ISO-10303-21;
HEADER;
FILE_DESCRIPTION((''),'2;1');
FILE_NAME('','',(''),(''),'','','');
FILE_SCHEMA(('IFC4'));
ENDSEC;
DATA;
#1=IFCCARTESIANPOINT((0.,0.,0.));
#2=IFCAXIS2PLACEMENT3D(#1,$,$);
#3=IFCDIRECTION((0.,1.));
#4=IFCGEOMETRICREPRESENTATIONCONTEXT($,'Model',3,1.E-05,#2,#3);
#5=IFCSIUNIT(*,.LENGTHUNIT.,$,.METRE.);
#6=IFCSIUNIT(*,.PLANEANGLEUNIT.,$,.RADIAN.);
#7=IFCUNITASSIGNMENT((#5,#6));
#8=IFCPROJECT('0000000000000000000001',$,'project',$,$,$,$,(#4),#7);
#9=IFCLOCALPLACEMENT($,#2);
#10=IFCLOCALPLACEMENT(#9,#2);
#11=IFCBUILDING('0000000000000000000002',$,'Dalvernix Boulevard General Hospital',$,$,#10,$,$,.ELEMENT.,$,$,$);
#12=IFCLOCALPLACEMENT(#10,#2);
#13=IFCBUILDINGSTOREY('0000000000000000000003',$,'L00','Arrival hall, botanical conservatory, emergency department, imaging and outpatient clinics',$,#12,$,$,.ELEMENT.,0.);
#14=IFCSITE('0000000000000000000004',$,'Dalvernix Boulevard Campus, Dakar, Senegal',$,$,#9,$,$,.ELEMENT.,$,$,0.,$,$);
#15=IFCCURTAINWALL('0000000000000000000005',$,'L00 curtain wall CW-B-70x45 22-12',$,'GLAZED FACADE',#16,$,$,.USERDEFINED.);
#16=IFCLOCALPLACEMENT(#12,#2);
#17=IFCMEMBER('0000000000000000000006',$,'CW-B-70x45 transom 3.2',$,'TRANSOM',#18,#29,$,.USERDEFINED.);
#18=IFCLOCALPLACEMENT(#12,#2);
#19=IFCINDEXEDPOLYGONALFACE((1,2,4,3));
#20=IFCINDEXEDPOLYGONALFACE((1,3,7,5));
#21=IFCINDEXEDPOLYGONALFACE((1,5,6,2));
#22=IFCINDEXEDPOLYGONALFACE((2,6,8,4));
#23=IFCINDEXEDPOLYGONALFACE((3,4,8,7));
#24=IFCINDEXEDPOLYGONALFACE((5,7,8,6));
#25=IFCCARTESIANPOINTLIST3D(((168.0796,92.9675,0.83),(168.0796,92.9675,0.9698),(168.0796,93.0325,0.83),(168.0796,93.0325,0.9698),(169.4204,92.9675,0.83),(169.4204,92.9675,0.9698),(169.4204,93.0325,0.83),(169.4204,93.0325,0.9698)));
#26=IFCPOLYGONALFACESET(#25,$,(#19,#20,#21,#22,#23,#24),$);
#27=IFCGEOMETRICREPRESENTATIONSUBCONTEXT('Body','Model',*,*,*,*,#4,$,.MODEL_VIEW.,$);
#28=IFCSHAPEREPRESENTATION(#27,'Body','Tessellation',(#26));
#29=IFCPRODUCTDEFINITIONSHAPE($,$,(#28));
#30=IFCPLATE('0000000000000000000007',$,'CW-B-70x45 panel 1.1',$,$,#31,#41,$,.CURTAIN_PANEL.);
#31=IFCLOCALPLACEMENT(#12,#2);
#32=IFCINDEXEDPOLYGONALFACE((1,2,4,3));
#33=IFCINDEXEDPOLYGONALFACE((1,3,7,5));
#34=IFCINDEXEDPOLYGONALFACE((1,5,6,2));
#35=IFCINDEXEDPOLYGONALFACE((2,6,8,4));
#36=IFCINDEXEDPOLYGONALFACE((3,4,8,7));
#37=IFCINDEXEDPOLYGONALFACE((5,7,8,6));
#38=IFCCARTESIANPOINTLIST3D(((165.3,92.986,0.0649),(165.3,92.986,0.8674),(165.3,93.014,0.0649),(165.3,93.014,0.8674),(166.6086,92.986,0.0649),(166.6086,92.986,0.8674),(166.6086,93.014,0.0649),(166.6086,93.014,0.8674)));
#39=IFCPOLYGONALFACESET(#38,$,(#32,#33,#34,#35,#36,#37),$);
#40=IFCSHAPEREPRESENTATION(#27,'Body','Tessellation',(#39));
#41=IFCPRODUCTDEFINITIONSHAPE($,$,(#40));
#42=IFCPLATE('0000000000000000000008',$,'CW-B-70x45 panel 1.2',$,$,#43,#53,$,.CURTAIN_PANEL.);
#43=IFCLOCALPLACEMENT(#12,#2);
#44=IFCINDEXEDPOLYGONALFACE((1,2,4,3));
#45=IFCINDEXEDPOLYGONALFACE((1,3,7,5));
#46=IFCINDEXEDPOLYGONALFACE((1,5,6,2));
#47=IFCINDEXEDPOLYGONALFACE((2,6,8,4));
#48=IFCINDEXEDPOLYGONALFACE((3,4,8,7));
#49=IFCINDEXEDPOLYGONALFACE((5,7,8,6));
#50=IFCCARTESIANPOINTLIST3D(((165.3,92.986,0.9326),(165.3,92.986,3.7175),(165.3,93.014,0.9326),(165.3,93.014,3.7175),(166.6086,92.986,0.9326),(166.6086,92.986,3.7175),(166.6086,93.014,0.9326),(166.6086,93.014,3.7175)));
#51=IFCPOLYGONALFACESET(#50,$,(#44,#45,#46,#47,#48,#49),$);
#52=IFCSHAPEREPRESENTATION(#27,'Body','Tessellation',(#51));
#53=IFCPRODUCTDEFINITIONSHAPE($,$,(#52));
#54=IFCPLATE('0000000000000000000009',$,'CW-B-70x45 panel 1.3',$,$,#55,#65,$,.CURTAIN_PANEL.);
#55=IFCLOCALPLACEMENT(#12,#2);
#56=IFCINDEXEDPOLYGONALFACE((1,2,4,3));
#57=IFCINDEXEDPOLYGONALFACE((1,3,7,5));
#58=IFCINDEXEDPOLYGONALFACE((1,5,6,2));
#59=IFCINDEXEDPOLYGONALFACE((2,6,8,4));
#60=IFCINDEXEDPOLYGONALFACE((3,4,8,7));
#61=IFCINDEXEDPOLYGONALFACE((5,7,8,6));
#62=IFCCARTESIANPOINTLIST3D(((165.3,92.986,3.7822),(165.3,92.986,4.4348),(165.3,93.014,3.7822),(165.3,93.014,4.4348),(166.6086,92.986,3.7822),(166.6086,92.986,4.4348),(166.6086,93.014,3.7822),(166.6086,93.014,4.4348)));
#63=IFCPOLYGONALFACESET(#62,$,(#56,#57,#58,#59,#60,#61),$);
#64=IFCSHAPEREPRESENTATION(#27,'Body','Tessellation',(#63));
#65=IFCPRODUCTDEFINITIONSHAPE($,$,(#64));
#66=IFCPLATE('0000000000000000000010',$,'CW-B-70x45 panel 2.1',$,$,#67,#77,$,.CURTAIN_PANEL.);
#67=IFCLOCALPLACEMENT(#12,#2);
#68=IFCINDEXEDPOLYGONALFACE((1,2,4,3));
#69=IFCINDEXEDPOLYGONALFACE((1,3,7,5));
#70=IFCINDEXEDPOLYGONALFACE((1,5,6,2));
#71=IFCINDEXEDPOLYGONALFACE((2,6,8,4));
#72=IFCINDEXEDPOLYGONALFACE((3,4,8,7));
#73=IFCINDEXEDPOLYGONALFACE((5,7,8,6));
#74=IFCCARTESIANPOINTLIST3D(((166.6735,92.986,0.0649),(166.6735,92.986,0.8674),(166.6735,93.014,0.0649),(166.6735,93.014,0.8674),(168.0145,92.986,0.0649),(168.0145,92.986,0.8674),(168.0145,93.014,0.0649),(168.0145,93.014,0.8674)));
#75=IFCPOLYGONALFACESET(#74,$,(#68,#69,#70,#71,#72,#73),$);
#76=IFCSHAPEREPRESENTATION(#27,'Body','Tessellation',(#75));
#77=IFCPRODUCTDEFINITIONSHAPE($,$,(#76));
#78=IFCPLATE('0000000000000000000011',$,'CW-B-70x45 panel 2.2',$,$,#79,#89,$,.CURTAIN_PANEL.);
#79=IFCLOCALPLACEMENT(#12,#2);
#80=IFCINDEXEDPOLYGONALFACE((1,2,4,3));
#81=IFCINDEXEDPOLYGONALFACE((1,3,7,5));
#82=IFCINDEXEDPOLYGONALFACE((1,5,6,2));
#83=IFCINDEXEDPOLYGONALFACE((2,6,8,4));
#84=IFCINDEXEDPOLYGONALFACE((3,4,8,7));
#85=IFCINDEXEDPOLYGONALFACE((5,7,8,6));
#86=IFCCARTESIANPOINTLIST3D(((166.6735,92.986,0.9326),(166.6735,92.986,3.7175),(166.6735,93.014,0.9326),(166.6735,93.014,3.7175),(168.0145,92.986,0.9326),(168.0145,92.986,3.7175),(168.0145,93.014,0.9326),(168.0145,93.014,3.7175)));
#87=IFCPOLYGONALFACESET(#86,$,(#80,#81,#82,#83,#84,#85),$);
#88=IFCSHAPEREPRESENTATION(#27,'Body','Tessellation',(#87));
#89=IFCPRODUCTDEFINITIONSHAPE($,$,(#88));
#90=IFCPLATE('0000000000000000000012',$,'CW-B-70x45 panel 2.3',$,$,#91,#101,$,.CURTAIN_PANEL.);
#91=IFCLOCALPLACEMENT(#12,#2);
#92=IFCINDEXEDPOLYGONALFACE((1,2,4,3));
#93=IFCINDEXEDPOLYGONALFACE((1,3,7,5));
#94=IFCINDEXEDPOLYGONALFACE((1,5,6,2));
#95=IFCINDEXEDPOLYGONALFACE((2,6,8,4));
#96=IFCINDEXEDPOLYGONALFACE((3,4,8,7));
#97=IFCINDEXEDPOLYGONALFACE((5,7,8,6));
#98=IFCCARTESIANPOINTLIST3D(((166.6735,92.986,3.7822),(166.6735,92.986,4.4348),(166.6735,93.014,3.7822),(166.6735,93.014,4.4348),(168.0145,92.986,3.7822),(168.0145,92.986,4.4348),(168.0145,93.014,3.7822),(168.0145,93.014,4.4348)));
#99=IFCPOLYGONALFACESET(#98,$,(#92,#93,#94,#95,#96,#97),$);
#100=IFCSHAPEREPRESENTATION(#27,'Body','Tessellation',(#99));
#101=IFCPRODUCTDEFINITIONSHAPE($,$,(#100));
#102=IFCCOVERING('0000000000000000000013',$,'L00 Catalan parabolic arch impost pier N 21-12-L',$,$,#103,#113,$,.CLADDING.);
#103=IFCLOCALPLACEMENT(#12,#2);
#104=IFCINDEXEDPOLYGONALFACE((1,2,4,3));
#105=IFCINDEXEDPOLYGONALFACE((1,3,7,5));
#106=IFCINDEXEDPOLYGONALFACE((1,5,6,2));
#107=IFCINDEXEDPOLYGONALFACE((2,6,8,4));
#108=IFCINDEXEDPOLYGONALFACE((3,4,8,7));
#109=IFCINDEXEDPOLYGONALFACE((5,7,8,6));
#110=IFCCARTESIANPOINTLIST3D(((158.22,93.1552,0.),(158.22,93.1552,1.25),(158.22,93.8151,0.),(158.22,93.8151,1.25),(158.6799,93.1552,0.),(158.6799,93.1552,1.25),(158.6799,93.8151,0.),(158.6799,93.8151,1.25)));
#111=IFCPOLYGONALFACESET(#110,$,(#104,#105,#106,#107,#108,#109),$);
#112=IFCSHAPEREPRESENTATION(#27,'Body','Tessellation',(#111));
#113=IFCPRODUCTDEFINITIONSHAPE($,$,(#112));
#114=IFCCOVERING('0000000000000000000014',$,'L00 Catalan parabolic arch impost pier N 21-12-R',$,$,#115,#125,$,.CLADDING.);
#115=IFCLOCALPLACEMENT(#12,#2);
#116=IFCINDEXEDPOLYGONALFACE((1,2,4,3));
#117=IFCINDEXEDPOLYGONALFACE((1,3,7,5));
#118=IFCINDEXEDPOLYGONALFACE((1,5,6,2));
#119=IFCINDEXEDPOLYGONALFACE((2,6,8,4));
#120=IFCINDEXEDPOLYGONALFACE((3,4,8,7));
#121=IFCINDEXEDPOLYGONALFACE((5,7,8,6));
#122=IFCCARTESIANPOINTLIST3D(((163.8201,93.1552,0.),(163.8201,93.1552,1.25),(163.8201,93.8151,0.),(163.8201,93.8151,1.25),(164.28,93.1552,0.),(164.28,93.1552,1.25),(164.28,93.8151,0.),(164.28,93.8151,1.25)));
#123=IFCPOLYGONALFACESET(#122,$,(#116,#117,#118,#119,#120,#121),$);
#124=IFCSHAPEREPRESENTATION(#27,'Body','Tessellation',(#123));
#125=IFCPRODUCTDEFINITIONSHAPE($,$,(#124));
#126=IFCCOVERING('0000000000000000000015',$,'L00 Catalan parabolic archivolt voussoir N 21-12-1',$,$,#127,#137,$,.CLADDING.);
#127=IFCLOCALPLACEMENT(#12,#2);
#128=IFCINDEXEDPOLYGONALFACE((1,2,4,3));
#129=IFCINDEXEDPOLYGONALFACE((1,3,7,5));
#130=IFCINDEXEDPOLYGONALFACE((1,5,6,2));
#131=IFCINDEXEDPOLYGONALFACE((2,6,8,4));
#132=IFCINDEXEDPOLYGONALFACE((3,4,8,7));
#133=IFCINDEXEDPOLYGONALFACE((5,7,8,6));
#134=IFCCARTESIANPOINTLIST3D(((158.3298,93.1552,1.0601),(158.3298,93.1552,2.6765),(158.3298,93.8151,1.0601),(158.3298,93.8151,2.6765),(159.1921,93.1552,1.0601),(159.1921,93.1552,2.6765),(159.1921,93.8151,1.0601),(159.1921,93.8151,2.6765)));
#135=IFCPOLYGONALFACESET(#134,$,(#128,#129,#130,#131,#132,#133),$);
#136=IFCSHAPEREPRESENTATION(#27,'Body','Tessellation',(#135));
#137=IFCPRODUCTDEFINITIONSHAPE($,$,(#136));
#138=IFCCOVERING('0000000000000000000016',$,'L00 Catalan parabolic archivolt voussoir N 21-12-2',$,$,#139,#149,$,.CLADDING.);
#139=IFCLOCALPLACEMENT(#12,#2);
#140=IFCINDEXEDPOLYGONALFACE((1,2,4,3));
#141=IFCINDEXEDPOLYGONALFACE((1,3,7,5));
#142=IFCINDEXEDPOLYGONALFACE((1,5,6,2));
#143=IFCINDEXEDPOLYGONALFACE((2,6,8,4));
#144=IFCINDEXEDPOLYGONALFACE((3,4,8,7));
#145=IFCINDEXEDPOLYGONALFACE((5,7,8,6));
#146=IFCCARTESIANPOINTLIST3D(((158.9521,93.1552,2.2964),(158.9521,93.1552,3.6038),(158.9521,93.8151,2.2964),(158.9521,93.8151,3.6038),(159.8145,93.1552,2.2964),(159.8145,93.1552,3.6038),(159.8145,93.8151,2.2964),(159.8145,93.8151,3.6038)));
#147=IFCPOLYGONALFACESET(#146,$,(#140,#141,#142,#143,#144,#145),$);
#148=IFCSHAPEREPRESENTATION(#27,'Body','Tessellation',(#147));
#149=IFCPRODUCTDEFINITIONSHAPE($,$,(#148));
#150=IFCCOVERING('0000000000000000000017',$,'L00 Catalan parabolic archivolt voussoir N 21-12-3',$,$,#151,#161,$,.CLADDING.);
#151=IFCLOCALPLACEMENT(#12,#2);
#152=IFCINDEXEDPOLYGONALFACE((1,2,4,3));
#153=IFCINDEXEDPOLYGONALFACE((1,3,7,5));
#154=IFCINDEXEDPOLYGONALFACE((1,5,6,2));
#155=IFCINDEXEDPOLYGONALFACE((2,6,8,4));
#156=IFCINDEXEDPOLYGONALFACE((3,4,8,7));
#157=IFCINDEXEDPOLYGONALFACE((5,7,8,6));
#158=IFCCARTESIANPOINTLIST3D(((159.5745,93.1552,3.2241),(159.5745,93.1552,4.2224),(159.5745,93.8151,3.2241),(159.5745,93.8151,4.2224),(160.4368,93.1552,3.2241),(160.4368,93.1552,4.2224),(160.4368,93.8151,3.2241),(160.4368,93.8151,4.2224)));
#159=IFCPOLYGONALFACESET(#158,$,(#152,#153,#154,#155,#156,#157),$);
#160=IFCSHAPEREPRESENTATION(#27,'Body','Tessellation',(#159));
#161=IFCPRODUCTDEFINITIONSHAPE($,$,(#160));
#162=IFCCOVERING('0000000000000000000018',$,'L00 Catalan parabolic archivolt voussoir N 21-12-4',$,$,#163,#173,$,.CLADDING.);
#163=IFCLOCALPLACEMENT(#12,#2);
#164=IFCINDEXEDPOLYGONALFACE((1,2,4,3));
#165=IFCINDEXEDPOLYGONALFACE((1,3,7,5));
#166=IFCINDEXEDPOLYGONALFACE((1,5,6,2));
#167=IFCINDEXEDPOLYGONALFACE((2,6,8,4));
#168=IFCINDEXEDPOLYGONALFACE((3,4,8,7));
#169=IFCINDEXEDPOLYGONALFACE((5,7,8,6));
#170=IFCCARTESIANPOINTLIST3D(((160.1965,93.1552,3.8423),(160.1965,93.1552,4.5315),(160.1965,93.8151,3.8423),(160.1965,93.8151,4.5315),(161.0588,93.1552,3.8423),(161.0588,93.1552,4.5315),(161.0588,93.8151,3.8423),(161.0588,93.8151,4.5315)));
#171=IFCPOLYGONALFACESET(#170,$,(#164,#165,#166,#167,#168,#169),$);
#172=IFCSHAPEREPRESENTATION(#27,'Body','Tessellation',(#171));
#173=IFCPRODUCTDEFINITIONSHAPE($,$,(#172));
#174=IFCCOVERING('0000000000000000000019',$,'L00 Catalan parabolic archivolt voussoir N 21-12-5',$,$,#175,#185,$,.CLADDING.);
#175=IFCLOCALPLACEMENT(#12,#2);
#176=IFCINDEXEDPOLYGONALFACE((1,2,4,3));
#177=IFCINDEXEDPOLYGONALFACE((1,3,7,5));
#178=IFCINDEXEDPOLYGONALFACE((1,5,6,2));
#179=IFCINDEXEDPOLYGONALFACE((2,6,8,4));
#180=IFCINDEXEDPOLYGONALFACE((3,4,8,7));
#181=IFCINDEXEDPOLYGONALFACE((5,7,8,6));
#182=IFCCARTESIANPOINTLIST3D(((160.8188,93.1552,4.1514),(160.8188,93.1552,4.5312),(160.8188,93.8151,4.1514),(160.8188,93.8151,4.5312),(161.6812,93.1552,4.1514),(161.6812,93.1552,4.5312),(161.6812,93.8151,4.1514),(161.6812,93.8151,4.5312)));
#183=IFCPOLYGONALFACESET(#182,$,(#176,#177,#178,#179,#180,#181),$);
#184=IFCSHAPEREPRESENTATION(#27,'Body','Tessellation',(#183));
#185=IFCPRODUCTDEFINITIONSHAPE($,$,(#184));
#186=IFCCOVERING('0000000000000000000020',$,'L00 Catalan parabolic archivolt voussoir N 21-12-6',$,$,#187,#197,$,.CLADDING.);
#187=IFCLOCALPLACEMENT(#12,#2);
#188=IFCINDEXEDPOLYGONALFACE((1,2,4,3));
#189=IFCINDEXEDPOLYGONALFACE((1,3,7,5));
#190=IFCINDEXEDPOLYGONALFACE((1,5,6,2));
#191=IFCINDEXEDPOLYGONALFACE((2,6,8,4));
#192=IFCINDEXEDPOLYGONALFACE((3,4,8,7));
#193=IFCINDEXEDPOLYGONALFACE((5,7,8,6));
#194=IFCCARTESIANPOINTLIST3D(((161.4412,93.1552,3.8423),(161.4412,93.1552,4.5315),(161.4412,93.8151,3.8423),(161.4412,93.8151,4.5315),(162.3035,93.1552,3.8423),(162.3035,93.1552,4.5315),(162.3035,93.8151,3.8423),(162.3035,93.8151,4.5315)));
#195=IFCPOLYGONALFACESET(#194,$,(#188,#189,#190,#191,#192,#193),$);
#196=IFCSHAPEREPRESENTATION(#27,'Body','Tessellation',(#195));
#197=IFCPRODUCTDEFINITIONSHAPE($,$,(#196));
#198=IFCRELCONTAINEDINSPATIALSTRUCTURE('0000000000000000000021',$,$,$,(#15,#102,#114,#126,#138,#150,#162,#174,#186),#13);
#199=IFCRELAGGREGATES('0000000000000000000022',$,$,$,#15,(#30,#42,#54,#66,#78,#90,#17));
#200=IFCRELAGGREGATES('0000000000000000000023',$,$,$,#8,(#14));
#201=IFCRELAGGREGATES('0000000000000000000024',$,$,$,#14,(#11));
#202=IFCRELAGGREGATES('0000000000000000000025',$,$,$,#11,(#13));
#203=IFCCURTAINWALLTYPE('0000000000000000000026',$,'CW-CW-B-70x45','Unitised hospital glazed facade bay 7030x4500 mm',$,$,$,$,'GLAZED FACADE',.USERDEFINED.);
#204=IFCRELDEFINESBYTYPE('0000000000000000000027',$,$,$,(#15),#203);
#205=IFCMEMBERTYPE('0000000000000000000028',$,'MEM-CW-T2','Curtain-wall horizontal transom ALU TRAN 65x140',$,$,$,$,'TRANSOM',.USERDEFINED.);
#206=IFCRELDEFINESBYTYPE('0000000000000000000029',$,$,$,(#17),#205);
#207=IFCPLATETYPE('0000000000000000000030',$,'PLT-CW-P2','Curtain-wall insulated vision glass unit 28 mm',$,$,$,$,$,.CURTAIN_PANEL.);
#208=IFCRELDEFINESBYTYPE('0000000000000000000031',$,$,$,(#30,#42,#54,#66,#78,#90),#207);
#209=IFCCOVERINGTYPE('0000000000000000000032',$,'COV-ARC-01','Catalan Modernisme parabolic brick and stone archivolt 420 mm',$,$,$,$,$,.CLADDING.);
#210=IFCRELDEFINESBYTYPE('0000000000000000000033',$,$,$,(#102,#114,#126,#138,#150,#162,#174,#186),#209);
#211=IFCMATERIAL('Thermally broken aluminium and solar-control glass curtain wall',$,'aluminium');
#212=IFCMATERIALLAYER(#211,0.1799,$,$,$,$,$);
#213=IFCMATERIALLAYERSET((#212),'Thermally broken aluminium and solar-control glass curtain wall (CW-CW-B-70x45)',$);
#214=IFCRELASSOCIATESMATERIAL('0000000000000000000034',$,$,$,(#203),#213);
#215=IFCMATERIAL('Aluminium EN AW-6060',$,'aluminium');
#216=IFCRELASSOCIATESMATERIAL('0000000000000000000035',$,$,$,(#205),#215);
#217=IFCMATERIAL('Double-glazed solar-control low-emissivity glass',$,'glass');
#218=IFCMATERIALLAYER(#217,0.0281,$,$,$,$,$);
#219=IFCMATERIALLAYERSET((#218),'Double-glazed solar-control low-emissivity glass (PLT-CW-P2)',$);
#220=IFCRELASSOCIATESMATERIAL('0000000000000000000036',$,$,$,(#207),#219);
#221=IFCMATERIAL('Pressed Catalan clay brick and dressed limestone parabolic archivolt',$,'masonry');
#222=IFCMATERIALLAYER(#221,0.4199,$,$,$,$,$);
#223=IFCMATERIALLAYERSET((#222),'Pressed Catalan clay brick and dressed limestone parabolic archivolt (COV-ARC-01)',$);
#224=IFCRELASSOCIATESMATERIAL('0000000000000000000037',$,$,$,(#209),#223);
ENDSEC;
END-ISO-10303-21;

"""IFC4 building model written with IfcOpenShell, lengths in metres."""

from ifc_helpers import new_model, si_unit, direction, frame, origin, origin_2d, place, context, subcontext, project, spatial, rectangle, extrude, material, layer, layer_set, material_profile, profile_set, type_object, element, aggregate, save


model = new_model("IFC4")

# Units and contexts
model_context = context("Model", 3, precision=1e-05, world=origin(), true_north=direction((0.0, 1.0)))
body_context = subcontext(model_context, "Body", "Model", "MODEL_VIEW")
ifc_project = project(units=[si_unit("LENGTHUNIT", "METRE"), si_unit("PLANEANGLEUNIT", "RADIAN")], contexts=[model_context])

# Site, building, storey
site_placement = place(None, origin())
site = spatial("IfcSite", under=ifc_project, at=site_placement, Name="Dalvernix Boulevard Campus, Dakar, Senegal", CompositionType="ELEMENT", RefElevation=0.0)
building_placement = place(site_placement, origin())
building = spatial("IfcBuilding", under=site, at=building_placement, Name="Dalvernix Boulevard General Hospital", CompositionType="ELEMENT")
storey_placement = place(building_placement, origin())
storey = spatial("IfcBuildingStorey", under=building, at=storey_placement, Name="L00", Description="Arrival hall, botanical conservatory, emergency department, imaging and outpatient clinics", CompositionType="ELEMENT", Elevation=0.0)

# Curtain wall, member, plates
ifc_material_1 = material(Name="Thermally broken aluminium and solar-control glass curtain wall", Category="aluminium")
ifc_layer_1 = layer(ifc_material_1, 0.1799)
ifc_layer_set_1 = layer_set([ifc_layer_1], Name="Thermally broken aluminium and solar-control glass curtain wall (CW-CW-B-70x45)")
curtain_wall_type = type_object("IfcCurtainWallType", Name="CW-CW-B-70x45", Description="Unitised hospital glazed facade bay 7030x4500 mm", ElementType="GLAZED FACADE", PredefinedType="USERDEFINED", material=ifc_layer_set_1)
curtain_wall_placement = place(storey_placement, origin())
curtain_wall = element("IfcCurtainWall", 1, at=curtain_wall_placement, inside=storey, type_object=curtain_wall_type, Name="L00 curtain wall CW-B-70x45 22-12", ObjectType="GLAZED FACADE", PredefinedType="USERDEFINED")
ifc_material_2 = material(Name="Aluminium EN AW-6060", Category="aluminium")
ifc_material_profile_1 = material_profile(ifc_material_2, rectangle(XDim=0.0649, YDim=0.1399, at=origin_2d()), Name="ALU TRAN 65x140")
ifc_profile_set_1 = profile_set([ifc_material_profile_1], Name="Aluminium EN AW-6060")
member_type_1 = type_object("IfcMemberType", Name="MEM-CW-T2", Description="Curtain-wall horizontal transom ALU TRAN 65x140", ElementType="TRANSOM", PredefinedType="USERDEFINED", material=ifc_profile_set_1)
member_1_placement = place(storey_placement, frame((168.0796, 93.0, 0.8999), z_axis=(1.0, 0.0, 0.0), x_axis=(0.0, 1.0, 0.0)))
member_1 = element("IfcMember", 2, at=member_1_placement, type_object=member_type_1, Name="CW-B-70x45 transom 3.2", ObjectType="TRANSOM", PredefinedType="USERDEFINED", context=body_context, shape_type="SweptSolid", body=[
    extrude(rectangle(XDim=0.0649, YDim=0.1399, at=origin_2d()), origin(), (0.0, 0.0, 1.0), 1.3408),
])
ifc_material_3 = material(Name="Double-glazed solar-control low-emissivity glass", Category="glass")
ifc_layer_2 = layer(ifc_material_3, 0.0281)
ifc_layer_set_2 = layer_set([ifc_layer_2], Name="Double-glazed solar-control low-emissivity glass (PLT-CW-P2)")
plate_type = type_object("IfcPlateType", Name="PLT-CW-P2", Description="Curtain-wall insulated vision glass unit 28 mm", PredefinedType="CURTAIN_PANEL", material=ifc_layer_set_2)
plate_1_placement = place(storey_placement, frame((165.9543, 93.0, 0.0649), z_axis=(0.0, 0.0, 1.0), x_axis=(1.0, 0.0, 0.0)))
plate_1 = element("IfcPlate", 3, at=plate_1_placement, type_object=plate_type, Name="CW-B-70x45 panel 1.1", PredefinedType="CURTAIN_PANEL", context=body_context, shape_type="SweptSolid", body=[
    extrude(rectangle(XDim=1.3086, YDim=0.0281, at=origin_2d()), origin(), (0.0, 0.0, 1.0), 0.8025),
])
plate_2_placement = place(storey_placement, frame((165.9543, 93.0, 0.9326), z_axis=(0.0, 0.0, 1.0), x_axis=(1.0, 0.0, 0.0)))
plate_2 = element("IfcPlate", 4, at=plate_2_placement, type_object=plate_type, Name="CW-B-70x45 panel 1.2", PredefinedType="CURTAIN_PANEL", context=body_context, shape_type="SweptSolid", body=[
    extrude(rectangle(XDim=1.3086, YDim=0.0281, at=origin_2d()), origin(), (0.0, 0.0, 1.0), 2.7849),
])
plate_3_placement = place(storey_placement, frame((165.9543, 93.0, 3.7822), z_axis=(0.0, 0.0, 1.0), x_axis=(1.0, 0.0, 0.0)))
plate_3 = element("IfcPlate", 5, at=plate_3_placement, type_object=plate_type, Name="CW-B-70x45 panel 1.3", PredefinedType="CURTAIN_PANEL", context=body_context, shape_type="SweptSolid", body=[
    extrude(rectangle(XDim=1.3086, YDim=0.0281, at=origin_2d()), origin(), (0.0, 0.0, 1.0), 0.6526),
])
plate_4_placement = place(storey_placement, frame((167.344, 93.0, 0.0649), z_axis=(0.0, 0.0, 1.0), x_axis=(1.0, 0.0, 0.0)))
plate_4 = element("IfcPlate", 6, at=plate_4_placement, type_object=plate_type, Name="CW-B-70x45 panel 2.1", PredefinedType="CURTAIN_PANEL", context=body_context, shape_type="SweptSolid", body=[
    extrude(rectangle(XDim=1.3411, YDim=0.0281, at=origin_2d()), origin(), (0.0, 0.0, 1.0), 0.8025),
])
plate_5_placement = place(storey_placement, frame((167.344, 93.0, 0.9326), z_axis=(0.0, 0.0, 1.0), x_axis=(1.0, 0.0, 0.0)))
plate_5 = element("IfcPlate", 7, at=plate_5_placement, type_object=plate_type, Name="CW-B-70x45 panel 2.2", PredefinedType="CURTAIN_PANEL", context=body_context, shape_type="SweptSolid", body=[
    extrude(rectangle(XDim=1.3411, YDim=0.0281, at=origin_2d()), origin(), (0.0, 0.0, 1.0), 2.7849),
])
plate_6_placement = place(storey_placement, frame((167.344, 93.0, 3.7822), z_axis=(0.0, 0.0, 1.0), x_axis=(1.0, 0.0, 0.0)))
plate_6 = element("IfcPlate", 8, at=plate_6_placement, type_object=plate_type, Name="CW-B-70x45 panel 2.3", PredefinedType="CURTAIN_PANEL", context=body_context, shape_type="SweptSolid", body=[
    extrude(rectangle(XDim=1.3411, YDim=0.0281, at=origin_2d()), origin(), (0.0, 0.0, 1.0), 0.6526),
])
aggregate(curtain_wall, [plate_1, plate_2, plate_3, plate_4, plate_5, plate_6, member_1])

# Coverings
ifc_material_4 = material(Name="Pressed Catalan clay brick and dressed limestone parabolic archivolt", Category="masonry")
ifc_layer_3 = layer(ifc_material_4, 0.4199)
ifc_layer_set_3 = layer_set([ifc_layer_3], Name="Pressed Catalan clay brick and dressed limestone parabolic archivolt (COV-ARC-01)")
covering_type_1 = type_object("IfcCoveringType", Name="COV-ARC-01", Description="Catalan Modernisme parabolic brick and stone archivolt 420 mm", PredefinedType="CLADDING", material=ifc_layer_set_3)
for number, where, z_axis, x_axis, name in (
    (9, (158.45, 93.4851, 0.0), (0.0, 0.0, 1.0), (1.0, 0.0, 0.0), "L00 Catalan parabolic arch impost pier N 21-12-L"),
    (10, (164.05, 93.4851, 0.0), (0.0, 0.0, 1.0), (1.0, 0.0, 0.0), "L00 Catalan parabolic arch impost pier N 21-12-R"),
):
    element("IfcCovering", number, at=place(storey_placement, frame(where, z_axis=z_axis, x_axis=x_axis)), inside=storey, type_object=covering_type_1, Name=name, PredefinedType="CLADDING", context=body_context, shape_type="SweptSolid", body=[
        extrude(rectangle(XDim=0.46, YDim=0.6599, at=origin_2d()), origin(), (0.0, 0.0, 1.0), 1.25),
    ])
covering_1_placement = place(storey_placement, frame((158.761, 93.4851, 1.0601), z_axis=(0.0, 0.0, 1.0), x_axis=(1.0, 0.0, 0.0)))
element("IfcCovering", 11, at=covering_1_placement, inside=storey, type_object=covering_type_1, Name="L00 Catalan parabolic archivolt voussoir N 21-12-1", PredefinedType="CLADDING", context=body_context, shape_type="SweptSolid", body=[
    extrude(rectangle(XDim=0.8623, YDim=0.6599, at=origin_2d()), origin(), (0.0, 0.0, 1.0), 1.6165),
])
covering_2_placement = place(storey_placement, frame((159.3833, 93.4851, 2.2964), z_axis=(0.0, 0.0, 1.0), x_axis=(1.0, 0.0, 0.0)))
element("IfcCovering", 12, at=covering_2_placement, inside=storey, type_object=covering_type_1, Name="L00 Catalan parabolic archivolt voussoir N 21-12-2", PredefinedType="CLADDING", context=body_context, shape_type="SweptSolid", body=[
    extrude(rectangle(XDim=0.8623, YDim=0.6599, at=origin_2d()), origin(), (0.0, 0.0, 1.0), 1.3074),
])
covering_3_placement = place(storey_placement, frame((160.0056, 93.4851, 3.2241), z_axis=(0.0, 0.0, 1.0), x_axis=(1.0, 0.0, 0.0)))
element("IfcCovering", 13, at=covering_3_placement, inside=storey, type_object=covering_type_1, Name="L00 Catalan parabolic archivolt voussoir N 21-12-3", PredefinedType="CLADDING", context=body_context, shape_type="SweptSolid", body=[
    extrude(rectangle(XDim=0.8623, YDim=0.6599, at=origin_2d()), origin(), (0.0, 0.0, 1.0), 0.9983),
])
covering_4_placement = place(storey_placement, frame((160.6277, 93.4851, 3.8423), z_axis=(0.0, 0.0, 1.0), x_axis=(1.0, 0.0, 0.0)))
element("IfcCovering", 14, at=covering_4_placement, inside=storey, type_object=covering_type_1, Name="L00 Catalan parabolic archivolt voussoir N 21-12-4", PredefinedType="CLADDING", context=body_context, shape_type="SweptSolid", body=[
    extrude(rectangle(XDim=0.8623, YDim=0.6599, at=origin_2d()), origin(), (0.0, 0.0, 1.0), 0.6892),
])
covering_5_placement = place(storey_placement, frame((161.25, 93.4851, 4.1514), z_axis=(0.0, 0.0, 1.0), x_axis=(1.0, 0.0, 0.0)))
element("IfcCovering", 15, at=covering_5_placement, inside=storey, type_object=covering_type_1, Name="L00 Catalan parabolic archivolt voussoir N 21-12-5", PredefinedType="CLADDING", context=body_context, shape_type="SweptSolid", body=[
    extrude(rectangle(XDim=0.8623, YDim=0.6599, at=origin_2d()), origin(), (0.0, 0.0, 1.0), 0.3799),
])
covering_6_placement = place(storey_placement, frame((161.8723, 93.4851, 3.8423), z_axis=(0.0, 0.0, 1.0), x_axis=(1.0, 0.0, 0.0)))
element("IfcCovering", 16, at=covering_6_placement, inside=storey, type_object=covering_type_1, Name="L00 Catalan parabolic archivolt voussoir N 21-12-6", PredefinedType="CLADDING", context=body_context, shape_type="SweptSolid", body=[
    extrude(rectangle(XDim=0.8623, YDim=0.6599, at=origin_2d()), origin(), (0.0, 0.0, 1.0), 0.6892),
])

save(model, "model.ifc")
